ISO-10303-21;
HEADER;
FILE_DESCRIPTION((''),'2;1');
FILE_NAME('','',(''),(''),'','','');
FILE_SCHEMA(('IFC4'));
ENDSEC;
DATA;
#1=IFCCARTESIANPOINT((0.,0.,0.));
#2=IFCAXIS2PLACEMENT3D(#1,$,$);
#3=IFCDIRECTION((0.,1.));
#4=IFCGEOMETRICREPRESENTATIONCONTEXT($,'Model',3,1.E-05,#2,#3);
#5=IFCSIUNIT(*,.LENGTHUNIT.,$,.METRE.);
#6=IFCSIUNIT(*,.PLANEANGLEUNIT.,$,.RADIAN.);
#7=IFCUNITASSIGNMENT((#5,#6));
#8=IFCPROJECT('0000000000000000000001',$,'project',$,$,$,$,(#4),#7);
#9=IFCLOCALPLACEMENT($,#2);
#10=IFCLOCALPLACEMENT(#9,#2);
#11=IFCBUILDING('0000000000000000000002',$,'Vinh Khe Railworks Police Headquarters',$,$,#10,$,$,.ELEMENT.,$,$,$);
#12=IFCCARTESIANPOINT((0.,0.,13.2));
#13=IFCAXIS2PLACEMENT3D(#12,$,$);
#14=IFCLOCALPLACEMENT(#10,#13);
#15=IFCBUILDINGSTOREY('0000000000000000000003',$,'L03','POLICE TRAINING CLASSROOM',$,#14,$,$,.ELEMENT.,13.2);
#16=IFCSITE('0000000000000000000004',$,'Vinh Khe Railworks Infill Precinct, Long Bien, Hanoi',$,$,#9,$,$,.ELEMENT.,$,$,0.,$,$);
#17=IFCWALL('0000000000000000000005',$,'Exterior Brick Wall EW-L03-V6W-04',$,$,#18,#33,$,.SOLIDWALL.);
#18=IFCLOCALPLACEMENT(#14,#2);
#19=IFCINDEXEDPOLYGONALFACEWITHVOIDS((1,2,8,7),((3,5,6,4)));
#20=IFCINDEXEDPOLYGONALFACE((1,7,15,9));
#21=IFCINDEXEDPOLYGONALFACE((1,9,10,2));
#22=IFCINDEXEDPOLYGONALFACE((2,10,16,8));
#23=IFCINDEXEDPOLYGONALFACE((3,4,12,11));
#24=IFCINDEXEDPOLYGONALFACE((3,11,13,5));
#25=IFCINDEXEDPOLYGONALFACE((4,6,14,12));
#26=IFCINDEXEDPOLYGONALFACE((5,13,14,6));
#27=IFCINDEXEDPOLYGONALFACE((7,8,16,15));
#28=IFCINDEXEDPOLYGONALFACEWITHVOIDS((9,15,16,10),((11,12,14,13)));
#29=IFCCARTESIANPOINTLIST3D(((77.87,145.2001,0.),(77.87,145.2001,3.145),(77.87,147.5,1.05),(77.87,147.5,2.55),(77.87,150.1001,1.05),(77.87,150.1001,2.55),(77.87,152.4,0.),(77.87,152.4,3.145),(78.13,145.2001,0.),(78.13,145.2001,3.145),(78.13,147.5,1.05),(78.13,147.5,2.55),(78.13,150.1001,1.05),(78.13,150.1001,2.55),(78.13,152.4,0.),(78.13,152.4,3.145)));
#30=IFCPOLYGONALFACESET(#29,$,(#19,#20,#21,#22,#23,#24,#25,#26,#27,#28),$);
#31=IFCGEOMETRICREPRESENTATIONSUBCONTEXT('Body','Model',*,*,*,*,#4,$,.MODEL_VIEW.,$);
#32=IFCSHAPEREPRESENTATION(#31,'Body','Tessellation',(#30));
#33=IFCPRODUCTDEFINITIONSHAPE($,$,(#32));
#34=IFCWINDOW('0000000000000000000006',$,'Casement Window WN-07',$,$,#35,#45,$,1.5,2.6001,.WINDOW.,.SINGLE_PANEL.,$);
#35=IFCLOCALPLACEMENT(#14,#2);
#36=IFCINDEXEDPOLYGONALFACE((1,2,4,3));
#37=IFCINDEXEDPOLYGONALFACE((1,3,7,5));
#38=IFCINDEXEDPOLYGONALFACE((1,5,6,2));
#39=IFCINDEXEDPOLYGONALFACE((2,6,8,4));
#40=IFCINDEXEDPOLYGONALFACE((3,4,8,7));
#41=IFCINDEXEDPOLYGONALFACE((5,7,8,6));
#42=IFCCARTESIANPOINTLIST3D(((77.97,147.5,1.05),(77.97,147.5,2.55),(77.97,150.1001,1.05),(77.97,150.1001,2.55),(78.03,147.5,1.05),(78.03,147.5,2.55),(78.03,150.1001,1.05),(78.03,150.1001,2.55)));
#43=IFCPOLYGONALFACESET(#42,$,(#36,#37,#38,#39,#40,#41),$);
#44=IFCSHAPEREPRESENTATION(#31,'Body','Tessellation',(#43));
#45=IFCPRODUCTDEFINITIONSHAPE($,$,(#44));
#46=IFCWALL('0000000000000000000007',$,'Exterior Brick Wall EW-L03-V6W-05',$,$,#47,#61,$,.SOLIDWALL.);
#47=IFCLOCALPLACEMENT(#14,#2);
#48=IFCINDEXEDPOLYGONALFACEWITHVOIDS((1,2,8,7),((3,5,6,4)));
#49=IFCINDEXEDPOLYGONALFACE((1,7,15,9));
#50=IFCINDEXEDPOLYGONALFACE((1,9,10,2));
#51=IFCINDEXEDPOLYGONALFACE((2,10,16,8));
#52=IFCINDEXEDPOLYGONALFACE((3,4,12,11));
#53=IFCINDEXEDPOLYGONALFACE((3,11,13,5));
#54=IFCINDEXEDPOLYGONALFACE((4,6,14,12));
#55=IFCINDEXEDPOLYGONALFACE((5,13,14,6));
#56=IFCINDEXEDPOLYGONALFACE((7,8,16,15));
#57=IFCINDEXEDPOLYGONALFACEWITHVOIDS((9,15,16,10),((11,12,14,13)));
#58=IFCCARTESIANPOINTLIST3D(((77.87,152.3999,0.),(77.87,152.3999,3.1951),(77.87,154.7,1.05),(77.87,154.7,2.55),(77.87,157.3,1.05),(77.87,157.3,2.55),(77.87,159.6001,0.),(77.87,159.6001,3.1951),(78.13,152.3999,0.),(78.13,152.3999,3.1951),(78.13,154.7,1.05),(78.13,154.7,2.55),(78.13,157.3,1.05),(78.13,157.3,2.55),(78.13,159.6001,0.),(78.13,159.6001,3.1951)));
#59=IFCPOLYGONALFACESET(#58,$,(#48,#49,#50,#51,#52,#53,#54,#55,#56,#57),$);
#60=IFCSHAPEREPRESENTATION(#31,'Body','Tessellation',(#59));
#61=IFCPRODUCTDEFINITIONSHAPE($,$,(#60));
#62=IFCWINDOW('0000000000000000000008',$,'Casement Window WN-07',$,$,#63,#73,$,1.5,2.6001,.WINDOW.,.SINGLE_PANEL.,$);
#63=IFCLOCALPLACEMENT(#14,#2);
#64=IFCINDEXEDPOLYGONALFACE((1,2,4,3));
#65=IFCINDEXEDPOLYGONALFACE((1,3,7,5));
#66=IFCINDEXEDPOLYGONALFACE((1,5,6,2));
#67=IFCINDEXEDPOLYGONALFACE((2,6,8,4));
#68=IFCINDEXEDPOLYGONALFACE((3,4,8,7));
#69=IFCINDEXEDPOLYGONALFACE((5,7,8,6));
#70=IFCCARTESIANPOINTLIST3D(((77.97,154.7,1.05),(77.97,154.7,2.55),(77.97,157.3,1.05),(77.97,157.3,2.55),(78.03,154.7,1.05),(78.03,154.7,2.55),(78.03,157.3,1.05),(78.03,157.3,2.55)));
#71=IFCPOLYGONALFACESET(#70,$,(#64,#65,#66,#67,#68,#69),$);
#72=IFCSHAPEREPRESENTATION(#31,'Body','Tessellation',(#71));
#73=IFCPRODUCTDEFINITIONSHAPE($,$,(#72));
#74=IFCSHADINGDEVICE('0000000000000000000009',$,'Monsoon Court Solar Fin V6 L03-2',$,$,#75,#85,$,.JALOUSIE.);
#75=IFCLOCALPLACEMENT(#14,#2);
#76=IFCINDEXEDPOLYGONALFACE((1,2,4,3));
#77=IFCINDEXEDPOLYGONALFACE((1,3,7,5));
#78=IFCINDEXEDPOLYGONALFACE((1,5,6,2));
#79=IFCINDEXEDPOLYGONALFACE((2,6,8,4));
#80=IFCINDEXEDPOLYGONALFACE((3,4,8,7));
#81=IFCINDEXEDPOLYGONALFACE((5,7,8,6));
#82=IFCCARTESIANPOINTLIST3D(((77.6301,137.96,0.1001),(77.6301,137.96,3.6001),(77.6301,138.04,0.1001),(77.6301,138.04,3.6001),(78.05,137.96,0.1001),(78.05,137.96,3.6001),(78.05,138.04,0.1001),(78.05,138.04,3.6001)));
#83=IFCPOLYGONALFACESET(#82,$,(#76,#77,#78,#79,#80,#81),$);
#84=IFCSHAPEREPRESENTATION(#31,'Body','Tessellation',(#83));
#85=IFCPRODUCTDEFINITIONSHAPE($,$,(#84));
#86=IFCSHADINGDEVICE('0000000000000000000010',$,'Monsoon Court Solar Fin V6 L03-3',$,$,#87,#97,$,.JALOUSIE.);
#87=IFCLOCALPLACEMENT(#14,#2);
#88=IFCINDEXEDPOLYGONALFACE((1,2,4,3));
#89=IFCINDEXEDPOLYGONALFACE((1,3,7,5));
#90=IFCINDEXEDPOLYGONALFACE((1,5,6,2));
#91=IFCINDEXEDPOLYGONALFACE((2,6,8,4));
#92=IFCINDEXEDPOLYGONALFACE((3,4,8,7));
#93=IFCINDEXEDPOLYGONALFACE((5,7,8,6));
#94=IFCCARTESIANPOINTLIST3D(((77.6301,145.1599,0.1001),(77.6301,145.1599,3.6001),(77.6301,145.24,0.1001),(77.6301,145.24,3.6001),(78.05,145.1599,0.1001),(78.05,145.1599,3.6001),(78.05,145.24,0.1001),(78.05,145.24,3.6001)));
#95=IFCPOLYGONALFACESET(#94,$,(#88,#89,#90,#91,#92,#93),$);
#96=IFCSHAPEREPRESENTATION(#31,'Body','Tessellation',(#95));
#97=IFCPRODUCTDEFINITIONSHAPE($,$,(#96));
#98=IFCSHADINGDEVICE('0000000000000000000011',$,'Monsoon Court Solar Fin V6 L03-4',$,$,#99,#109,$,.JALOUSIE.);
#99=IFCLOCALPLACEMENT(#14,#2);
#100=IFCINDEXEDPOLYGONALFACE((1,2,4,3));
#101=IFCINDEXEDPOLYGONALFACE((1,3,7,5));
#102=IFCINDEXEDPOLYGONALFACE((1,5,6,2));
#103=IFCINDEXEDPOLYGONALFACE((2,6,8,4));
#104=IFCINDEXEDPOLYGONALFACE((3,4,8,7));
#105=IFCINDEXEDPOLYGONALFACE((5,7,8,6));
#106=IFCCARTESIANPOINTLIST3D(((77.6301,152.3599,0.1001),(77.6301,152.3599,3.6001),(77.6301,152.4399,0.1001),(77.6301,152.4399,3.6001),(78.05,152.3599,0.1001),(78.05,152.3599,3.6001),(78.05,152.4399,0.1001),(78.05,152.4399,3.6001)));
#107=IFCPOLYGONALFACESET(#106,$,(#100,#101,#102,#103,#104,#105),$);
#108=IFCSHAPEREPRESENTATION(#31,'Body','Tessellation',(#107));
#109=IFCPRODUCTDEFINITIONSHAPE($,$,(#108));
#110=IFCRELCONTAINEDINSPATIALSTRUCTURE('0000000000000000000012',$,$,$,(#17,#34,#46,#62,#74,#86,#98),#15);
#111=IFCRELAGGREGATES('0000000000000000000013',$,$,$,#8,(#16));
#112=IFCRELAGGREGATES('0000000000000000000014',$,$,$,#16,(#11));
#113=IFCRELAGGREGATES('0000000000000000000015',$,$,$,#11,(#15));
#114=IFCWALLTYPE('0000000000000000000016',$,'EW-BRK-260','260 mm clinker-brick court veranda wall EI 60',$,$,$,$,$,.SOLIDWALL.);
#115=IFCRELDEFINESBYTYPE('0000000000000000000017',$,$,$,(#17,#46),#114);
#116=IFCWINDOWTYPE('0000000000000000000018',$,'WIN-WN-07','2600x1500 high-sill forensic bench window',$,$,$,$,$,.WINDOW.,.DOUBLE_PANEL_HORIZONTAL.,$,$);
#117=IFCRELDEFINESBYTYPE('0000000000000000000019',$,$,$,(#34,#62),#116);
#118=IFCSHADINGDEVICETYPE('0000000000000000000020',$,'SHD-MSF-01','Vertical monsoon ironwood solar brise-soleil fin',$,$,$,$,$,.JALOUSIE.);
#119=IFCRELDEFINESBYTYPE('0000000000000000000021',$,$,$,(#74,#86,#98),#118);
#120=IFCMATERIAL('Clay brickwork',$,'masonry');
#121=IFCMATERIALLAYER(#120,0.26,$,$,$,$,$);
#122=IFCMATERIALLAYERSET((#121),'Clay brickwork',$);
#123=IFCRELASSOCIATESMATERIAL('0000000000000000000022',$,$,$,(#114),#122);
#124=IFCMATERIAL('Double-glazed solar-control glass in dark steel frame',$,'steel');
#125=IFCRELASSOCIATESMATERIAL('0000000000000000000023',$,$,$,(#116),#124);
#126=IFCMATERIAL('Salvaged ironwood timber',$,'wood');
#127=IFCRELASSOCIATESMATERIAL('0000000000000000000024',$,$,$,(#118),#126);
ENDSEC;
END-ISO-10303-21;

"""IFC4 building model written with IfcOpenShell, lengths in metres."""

from ifc_helpers import new_model, si_unit, direction, frame, frame_2d, origin, origin_2d, place, context, subcontext, project, spatial, rectangle, extrude, material, layer, layer_set, type_object, element, fill, save


model = new_model("IFC4")

# Units and contexts
model_context = context("Model", 3, precision=1e-05, world=origin(), true_north=direction((0.0, 1.0)))
body_context = subcontext(model_context, "Body", "Model", "MODEL_VIEW")
ifc_project = project(units=[si_unit("LENGTHUNIT", "METRE"), si_unit("PLANEANGLEUNIT", "RADIAN")], contexts=[model_context])

# Site, building, storey
site_placement = place(None, origin())
site = spatial("IfcSite", under=ifc_project, at=site_placement, Name="Vinh Khe Railworks Infill Precinct, Long Bien, Hanoi", CompositionType="ELEMENT", RefElevation=0.0)
building_placement = place(site_placement, origin())
building = spatial("IfcBuilding", under=site, at=building_placement, Name="Vinh Khe Railworks Police Headquarters", CompositionType="ELEMENT")
storey_placement = place(building_placement, frame((0.0, 0.0, 13.2)))
storey = spatial("IfcBuildingStorey", under=building, at=storey_placement, Name="L03", Description="POLICE TRAINING CLASSROOM", CompositionType="ELEMENT", Elevation=13.2)

# Walls, openings, windows
ifc_material_1 = material(Name="Clay brickwork", Category="masonry")
ifc_layer = layer(ifc_material_1, 0.26)
ifc_layer_set = layer_set([ifc_layer], Name="Clay brickwork")
wall_type = type_object("IfcWallType", Name="EW-BRK-260", Description="260 mm clinker-brick court veranda wall EI 60", PredefinedType="SOLIDWALL", material=ifc_layer_set)
ifc_material_2 = material(Name="Double-glazed solar-control glass in dark steel frame", Category="steel")
window_type = type_object("IfcWindowType", Name="WIN-WN-07", Description="2600x1500 high-sill forensic bench window", PartitioningType="DOUBLE_PANEL_HORIZONTAL", PredefinedType="WINDOW", material=ifc_material_2)
wall_1_placement = place(storey_placement, frame((78.0, 145.2, 0.0), z_axis=(0.0, 0.0, 1.0), x_axis=(0.0, 1.0, 0.0)))
wall_1 = element("IfcWall", 1, at=wall_1_placement, inside=storey, type_object=wall_type, Name="Exterior Brick Wall EW-L03-V6W-04", PredefinedType="SOLIDWALL", context=body_context, shape_type="SweptSolid", body=[
    extrude(rectangle(XDim=7.2, YDim=0.26, at=frame_2d((3.6001, 0.0))), origin(), (0.0, 0.0, 1.0), 3.145),
])
opening_1_placement = place(wall_1_placement, frame((2.3, 0.0, 1.05)))
opening_1 = element("IfcOpeningElement", 2, at=opening_1_placement, cuts=wall_1, PredefinedType="OPENING", context=body_context, shape_type="SweptSolid", body=[
    extrude(rectangle(XDim=2.6001, YDim=1.5, at=frame_2d((1.3, 0.75))), frame((0.0, 0.145, 0.0), z_axis=(0.0, -1.0, 0.0), x_axis=(1.0, 0.0, 0.0)), (0.0, 0.0, 1.0), 0.2898),
])
window_1_placement = place(opening_1_placement, origin())
window_1 = element("IfcWindow", 3, at=window_1_placement, inside=storey, type_object=window_type, Name="Casement Window WN-07", OverallHeight=1.5, OverallWidth=2.6001, PartitioningType="SINGLE_PANEL", PredefinedType="WINDOW", context=body_context, shape_type="SweptSolid", body=[
    extrude(rectangle(XDim=2.6001, YDim=1.5, at=frame_2d((1.3, 0.75))), frame((0.0, 0.03, 0.0), z_axis=(0.0, -1.0, 0.0), x_axis=(1.0, 0.0, 0.0)), (0.0, 0.0, 1.0), 0.0601),
])
fill(opening_1, window_1)
wall_2_placement = place(storey_placement, frame((78.0, 152.3999, 0.0), z_axis=(0.0, 0.0, 1.0), x_axis=(0.0, 1.0, 0.0)))
wall_2 = element("IfcWall", 4, at=wall_2_placement, inside=storey, type_object=wall_type, Name="Exterior Brick Wall EW-L03-V6W-05", PredefinedType="SOLIDWALL", context=body_context, shape_type="SweptSolid", body=[
    extrude(rectangle(XDim=7.2002, YDim=0.26, at=frame_2d((3.6001, 0.0))), origin(), (0.0, 0.0, 1.0), 3.1951),
])
opening_2_placement = place(wall_2_placement, frame((2.3, 0.0, 1.05)))
opening_2 = element("IfcOpeningElement", 5, at=opening_2_placement, cuts=wall_2, PredefinedType="OPENING", context=body_context, shape_type="SweptSolid", body=[
    extrude(rectangle(XDim=2.6001, YDim=1.5, at=frame_2d((1.3, 0.75))), frame((0.0, 0.145, 0.0), z_axis=(0.0, -1.0, 0.0), x_axis=(1.0, 0.0, 0.0)), (0.0, 0.0, 1.0), 0.2898),
])
window_2_placement = place(opening_2_placement, origin())
window_2 = element("IfcWindow", 6, at=window_2_placement, inside=storey, type_object=window_type, Name="Casement Window WN-07", OverallHeight=1.5, OverallWidth=2.6001, PartitioningType="SINGLE_PANEL", PredefinedType="WINDOW", context=body_context, shape_type="SweptSolid", body=[
    extrude(rectangle(XDim=2.6001, YDim=1.5, at=frame_2d((1.3, 0.75))), frame((0.0, 0.03, 0.0), z_axis=(0.0, -1.0, 0.0), x_axis=(1.0, 0.0, 0.0)), (0.0, 0.0, 1.0), 0.0601),
])
fill(opening_2, window_2)

# Shading devices
ifc_material_3 = material(Name="Salvaged ironwood timber", Category="wood")
shading_device_type = type_object("IfcShadingDeviceType", Name="SHD-MSF-01", Description="Vertical monsoon ironwood solar brise-soleil fin", PredefinedType="JALOUSIE", material=ifc_material_3)
for number, where, z_axis, x_axis, name in (
    (7, (77.8401, 138.0, 0.1001), (0.0, 0.0, 1.0), (1.0, 0.0, 0.0), "Monsoon Court Solar Fin V6 L03-2"),
    (8, (77.8401, 145.2, 0.1001), (0.0, 0.0, 1.0), (1.0, 0.0, 0.0), "Monsoon Court Solar Fin V6 L03-3"),
    (9, (77.8401, 152.3999, 0.1001), (0.0, 0.0, 1.0), (1.0, 0.0, 0.0), "Monsoon Court Solar Fin V6 L03-4"),
):
    element("IfcShadingDevice", number, at=place(storey_placement, frame(where, z_axis=z_axis, x_axis=x_axis)), inside=storey, type_object=shading_device_type, Name=name, PredefinedType="JALOUSIE", context=body_context, shape_type="SweptSolid", body=[
        extrude(rectangle(XDim=0.4199, YDim=0.0801, at=origin_2d()), origin(), (0.0, 0.0, 1.0), 3.5),
    ])

save(model, "model.ifc")
